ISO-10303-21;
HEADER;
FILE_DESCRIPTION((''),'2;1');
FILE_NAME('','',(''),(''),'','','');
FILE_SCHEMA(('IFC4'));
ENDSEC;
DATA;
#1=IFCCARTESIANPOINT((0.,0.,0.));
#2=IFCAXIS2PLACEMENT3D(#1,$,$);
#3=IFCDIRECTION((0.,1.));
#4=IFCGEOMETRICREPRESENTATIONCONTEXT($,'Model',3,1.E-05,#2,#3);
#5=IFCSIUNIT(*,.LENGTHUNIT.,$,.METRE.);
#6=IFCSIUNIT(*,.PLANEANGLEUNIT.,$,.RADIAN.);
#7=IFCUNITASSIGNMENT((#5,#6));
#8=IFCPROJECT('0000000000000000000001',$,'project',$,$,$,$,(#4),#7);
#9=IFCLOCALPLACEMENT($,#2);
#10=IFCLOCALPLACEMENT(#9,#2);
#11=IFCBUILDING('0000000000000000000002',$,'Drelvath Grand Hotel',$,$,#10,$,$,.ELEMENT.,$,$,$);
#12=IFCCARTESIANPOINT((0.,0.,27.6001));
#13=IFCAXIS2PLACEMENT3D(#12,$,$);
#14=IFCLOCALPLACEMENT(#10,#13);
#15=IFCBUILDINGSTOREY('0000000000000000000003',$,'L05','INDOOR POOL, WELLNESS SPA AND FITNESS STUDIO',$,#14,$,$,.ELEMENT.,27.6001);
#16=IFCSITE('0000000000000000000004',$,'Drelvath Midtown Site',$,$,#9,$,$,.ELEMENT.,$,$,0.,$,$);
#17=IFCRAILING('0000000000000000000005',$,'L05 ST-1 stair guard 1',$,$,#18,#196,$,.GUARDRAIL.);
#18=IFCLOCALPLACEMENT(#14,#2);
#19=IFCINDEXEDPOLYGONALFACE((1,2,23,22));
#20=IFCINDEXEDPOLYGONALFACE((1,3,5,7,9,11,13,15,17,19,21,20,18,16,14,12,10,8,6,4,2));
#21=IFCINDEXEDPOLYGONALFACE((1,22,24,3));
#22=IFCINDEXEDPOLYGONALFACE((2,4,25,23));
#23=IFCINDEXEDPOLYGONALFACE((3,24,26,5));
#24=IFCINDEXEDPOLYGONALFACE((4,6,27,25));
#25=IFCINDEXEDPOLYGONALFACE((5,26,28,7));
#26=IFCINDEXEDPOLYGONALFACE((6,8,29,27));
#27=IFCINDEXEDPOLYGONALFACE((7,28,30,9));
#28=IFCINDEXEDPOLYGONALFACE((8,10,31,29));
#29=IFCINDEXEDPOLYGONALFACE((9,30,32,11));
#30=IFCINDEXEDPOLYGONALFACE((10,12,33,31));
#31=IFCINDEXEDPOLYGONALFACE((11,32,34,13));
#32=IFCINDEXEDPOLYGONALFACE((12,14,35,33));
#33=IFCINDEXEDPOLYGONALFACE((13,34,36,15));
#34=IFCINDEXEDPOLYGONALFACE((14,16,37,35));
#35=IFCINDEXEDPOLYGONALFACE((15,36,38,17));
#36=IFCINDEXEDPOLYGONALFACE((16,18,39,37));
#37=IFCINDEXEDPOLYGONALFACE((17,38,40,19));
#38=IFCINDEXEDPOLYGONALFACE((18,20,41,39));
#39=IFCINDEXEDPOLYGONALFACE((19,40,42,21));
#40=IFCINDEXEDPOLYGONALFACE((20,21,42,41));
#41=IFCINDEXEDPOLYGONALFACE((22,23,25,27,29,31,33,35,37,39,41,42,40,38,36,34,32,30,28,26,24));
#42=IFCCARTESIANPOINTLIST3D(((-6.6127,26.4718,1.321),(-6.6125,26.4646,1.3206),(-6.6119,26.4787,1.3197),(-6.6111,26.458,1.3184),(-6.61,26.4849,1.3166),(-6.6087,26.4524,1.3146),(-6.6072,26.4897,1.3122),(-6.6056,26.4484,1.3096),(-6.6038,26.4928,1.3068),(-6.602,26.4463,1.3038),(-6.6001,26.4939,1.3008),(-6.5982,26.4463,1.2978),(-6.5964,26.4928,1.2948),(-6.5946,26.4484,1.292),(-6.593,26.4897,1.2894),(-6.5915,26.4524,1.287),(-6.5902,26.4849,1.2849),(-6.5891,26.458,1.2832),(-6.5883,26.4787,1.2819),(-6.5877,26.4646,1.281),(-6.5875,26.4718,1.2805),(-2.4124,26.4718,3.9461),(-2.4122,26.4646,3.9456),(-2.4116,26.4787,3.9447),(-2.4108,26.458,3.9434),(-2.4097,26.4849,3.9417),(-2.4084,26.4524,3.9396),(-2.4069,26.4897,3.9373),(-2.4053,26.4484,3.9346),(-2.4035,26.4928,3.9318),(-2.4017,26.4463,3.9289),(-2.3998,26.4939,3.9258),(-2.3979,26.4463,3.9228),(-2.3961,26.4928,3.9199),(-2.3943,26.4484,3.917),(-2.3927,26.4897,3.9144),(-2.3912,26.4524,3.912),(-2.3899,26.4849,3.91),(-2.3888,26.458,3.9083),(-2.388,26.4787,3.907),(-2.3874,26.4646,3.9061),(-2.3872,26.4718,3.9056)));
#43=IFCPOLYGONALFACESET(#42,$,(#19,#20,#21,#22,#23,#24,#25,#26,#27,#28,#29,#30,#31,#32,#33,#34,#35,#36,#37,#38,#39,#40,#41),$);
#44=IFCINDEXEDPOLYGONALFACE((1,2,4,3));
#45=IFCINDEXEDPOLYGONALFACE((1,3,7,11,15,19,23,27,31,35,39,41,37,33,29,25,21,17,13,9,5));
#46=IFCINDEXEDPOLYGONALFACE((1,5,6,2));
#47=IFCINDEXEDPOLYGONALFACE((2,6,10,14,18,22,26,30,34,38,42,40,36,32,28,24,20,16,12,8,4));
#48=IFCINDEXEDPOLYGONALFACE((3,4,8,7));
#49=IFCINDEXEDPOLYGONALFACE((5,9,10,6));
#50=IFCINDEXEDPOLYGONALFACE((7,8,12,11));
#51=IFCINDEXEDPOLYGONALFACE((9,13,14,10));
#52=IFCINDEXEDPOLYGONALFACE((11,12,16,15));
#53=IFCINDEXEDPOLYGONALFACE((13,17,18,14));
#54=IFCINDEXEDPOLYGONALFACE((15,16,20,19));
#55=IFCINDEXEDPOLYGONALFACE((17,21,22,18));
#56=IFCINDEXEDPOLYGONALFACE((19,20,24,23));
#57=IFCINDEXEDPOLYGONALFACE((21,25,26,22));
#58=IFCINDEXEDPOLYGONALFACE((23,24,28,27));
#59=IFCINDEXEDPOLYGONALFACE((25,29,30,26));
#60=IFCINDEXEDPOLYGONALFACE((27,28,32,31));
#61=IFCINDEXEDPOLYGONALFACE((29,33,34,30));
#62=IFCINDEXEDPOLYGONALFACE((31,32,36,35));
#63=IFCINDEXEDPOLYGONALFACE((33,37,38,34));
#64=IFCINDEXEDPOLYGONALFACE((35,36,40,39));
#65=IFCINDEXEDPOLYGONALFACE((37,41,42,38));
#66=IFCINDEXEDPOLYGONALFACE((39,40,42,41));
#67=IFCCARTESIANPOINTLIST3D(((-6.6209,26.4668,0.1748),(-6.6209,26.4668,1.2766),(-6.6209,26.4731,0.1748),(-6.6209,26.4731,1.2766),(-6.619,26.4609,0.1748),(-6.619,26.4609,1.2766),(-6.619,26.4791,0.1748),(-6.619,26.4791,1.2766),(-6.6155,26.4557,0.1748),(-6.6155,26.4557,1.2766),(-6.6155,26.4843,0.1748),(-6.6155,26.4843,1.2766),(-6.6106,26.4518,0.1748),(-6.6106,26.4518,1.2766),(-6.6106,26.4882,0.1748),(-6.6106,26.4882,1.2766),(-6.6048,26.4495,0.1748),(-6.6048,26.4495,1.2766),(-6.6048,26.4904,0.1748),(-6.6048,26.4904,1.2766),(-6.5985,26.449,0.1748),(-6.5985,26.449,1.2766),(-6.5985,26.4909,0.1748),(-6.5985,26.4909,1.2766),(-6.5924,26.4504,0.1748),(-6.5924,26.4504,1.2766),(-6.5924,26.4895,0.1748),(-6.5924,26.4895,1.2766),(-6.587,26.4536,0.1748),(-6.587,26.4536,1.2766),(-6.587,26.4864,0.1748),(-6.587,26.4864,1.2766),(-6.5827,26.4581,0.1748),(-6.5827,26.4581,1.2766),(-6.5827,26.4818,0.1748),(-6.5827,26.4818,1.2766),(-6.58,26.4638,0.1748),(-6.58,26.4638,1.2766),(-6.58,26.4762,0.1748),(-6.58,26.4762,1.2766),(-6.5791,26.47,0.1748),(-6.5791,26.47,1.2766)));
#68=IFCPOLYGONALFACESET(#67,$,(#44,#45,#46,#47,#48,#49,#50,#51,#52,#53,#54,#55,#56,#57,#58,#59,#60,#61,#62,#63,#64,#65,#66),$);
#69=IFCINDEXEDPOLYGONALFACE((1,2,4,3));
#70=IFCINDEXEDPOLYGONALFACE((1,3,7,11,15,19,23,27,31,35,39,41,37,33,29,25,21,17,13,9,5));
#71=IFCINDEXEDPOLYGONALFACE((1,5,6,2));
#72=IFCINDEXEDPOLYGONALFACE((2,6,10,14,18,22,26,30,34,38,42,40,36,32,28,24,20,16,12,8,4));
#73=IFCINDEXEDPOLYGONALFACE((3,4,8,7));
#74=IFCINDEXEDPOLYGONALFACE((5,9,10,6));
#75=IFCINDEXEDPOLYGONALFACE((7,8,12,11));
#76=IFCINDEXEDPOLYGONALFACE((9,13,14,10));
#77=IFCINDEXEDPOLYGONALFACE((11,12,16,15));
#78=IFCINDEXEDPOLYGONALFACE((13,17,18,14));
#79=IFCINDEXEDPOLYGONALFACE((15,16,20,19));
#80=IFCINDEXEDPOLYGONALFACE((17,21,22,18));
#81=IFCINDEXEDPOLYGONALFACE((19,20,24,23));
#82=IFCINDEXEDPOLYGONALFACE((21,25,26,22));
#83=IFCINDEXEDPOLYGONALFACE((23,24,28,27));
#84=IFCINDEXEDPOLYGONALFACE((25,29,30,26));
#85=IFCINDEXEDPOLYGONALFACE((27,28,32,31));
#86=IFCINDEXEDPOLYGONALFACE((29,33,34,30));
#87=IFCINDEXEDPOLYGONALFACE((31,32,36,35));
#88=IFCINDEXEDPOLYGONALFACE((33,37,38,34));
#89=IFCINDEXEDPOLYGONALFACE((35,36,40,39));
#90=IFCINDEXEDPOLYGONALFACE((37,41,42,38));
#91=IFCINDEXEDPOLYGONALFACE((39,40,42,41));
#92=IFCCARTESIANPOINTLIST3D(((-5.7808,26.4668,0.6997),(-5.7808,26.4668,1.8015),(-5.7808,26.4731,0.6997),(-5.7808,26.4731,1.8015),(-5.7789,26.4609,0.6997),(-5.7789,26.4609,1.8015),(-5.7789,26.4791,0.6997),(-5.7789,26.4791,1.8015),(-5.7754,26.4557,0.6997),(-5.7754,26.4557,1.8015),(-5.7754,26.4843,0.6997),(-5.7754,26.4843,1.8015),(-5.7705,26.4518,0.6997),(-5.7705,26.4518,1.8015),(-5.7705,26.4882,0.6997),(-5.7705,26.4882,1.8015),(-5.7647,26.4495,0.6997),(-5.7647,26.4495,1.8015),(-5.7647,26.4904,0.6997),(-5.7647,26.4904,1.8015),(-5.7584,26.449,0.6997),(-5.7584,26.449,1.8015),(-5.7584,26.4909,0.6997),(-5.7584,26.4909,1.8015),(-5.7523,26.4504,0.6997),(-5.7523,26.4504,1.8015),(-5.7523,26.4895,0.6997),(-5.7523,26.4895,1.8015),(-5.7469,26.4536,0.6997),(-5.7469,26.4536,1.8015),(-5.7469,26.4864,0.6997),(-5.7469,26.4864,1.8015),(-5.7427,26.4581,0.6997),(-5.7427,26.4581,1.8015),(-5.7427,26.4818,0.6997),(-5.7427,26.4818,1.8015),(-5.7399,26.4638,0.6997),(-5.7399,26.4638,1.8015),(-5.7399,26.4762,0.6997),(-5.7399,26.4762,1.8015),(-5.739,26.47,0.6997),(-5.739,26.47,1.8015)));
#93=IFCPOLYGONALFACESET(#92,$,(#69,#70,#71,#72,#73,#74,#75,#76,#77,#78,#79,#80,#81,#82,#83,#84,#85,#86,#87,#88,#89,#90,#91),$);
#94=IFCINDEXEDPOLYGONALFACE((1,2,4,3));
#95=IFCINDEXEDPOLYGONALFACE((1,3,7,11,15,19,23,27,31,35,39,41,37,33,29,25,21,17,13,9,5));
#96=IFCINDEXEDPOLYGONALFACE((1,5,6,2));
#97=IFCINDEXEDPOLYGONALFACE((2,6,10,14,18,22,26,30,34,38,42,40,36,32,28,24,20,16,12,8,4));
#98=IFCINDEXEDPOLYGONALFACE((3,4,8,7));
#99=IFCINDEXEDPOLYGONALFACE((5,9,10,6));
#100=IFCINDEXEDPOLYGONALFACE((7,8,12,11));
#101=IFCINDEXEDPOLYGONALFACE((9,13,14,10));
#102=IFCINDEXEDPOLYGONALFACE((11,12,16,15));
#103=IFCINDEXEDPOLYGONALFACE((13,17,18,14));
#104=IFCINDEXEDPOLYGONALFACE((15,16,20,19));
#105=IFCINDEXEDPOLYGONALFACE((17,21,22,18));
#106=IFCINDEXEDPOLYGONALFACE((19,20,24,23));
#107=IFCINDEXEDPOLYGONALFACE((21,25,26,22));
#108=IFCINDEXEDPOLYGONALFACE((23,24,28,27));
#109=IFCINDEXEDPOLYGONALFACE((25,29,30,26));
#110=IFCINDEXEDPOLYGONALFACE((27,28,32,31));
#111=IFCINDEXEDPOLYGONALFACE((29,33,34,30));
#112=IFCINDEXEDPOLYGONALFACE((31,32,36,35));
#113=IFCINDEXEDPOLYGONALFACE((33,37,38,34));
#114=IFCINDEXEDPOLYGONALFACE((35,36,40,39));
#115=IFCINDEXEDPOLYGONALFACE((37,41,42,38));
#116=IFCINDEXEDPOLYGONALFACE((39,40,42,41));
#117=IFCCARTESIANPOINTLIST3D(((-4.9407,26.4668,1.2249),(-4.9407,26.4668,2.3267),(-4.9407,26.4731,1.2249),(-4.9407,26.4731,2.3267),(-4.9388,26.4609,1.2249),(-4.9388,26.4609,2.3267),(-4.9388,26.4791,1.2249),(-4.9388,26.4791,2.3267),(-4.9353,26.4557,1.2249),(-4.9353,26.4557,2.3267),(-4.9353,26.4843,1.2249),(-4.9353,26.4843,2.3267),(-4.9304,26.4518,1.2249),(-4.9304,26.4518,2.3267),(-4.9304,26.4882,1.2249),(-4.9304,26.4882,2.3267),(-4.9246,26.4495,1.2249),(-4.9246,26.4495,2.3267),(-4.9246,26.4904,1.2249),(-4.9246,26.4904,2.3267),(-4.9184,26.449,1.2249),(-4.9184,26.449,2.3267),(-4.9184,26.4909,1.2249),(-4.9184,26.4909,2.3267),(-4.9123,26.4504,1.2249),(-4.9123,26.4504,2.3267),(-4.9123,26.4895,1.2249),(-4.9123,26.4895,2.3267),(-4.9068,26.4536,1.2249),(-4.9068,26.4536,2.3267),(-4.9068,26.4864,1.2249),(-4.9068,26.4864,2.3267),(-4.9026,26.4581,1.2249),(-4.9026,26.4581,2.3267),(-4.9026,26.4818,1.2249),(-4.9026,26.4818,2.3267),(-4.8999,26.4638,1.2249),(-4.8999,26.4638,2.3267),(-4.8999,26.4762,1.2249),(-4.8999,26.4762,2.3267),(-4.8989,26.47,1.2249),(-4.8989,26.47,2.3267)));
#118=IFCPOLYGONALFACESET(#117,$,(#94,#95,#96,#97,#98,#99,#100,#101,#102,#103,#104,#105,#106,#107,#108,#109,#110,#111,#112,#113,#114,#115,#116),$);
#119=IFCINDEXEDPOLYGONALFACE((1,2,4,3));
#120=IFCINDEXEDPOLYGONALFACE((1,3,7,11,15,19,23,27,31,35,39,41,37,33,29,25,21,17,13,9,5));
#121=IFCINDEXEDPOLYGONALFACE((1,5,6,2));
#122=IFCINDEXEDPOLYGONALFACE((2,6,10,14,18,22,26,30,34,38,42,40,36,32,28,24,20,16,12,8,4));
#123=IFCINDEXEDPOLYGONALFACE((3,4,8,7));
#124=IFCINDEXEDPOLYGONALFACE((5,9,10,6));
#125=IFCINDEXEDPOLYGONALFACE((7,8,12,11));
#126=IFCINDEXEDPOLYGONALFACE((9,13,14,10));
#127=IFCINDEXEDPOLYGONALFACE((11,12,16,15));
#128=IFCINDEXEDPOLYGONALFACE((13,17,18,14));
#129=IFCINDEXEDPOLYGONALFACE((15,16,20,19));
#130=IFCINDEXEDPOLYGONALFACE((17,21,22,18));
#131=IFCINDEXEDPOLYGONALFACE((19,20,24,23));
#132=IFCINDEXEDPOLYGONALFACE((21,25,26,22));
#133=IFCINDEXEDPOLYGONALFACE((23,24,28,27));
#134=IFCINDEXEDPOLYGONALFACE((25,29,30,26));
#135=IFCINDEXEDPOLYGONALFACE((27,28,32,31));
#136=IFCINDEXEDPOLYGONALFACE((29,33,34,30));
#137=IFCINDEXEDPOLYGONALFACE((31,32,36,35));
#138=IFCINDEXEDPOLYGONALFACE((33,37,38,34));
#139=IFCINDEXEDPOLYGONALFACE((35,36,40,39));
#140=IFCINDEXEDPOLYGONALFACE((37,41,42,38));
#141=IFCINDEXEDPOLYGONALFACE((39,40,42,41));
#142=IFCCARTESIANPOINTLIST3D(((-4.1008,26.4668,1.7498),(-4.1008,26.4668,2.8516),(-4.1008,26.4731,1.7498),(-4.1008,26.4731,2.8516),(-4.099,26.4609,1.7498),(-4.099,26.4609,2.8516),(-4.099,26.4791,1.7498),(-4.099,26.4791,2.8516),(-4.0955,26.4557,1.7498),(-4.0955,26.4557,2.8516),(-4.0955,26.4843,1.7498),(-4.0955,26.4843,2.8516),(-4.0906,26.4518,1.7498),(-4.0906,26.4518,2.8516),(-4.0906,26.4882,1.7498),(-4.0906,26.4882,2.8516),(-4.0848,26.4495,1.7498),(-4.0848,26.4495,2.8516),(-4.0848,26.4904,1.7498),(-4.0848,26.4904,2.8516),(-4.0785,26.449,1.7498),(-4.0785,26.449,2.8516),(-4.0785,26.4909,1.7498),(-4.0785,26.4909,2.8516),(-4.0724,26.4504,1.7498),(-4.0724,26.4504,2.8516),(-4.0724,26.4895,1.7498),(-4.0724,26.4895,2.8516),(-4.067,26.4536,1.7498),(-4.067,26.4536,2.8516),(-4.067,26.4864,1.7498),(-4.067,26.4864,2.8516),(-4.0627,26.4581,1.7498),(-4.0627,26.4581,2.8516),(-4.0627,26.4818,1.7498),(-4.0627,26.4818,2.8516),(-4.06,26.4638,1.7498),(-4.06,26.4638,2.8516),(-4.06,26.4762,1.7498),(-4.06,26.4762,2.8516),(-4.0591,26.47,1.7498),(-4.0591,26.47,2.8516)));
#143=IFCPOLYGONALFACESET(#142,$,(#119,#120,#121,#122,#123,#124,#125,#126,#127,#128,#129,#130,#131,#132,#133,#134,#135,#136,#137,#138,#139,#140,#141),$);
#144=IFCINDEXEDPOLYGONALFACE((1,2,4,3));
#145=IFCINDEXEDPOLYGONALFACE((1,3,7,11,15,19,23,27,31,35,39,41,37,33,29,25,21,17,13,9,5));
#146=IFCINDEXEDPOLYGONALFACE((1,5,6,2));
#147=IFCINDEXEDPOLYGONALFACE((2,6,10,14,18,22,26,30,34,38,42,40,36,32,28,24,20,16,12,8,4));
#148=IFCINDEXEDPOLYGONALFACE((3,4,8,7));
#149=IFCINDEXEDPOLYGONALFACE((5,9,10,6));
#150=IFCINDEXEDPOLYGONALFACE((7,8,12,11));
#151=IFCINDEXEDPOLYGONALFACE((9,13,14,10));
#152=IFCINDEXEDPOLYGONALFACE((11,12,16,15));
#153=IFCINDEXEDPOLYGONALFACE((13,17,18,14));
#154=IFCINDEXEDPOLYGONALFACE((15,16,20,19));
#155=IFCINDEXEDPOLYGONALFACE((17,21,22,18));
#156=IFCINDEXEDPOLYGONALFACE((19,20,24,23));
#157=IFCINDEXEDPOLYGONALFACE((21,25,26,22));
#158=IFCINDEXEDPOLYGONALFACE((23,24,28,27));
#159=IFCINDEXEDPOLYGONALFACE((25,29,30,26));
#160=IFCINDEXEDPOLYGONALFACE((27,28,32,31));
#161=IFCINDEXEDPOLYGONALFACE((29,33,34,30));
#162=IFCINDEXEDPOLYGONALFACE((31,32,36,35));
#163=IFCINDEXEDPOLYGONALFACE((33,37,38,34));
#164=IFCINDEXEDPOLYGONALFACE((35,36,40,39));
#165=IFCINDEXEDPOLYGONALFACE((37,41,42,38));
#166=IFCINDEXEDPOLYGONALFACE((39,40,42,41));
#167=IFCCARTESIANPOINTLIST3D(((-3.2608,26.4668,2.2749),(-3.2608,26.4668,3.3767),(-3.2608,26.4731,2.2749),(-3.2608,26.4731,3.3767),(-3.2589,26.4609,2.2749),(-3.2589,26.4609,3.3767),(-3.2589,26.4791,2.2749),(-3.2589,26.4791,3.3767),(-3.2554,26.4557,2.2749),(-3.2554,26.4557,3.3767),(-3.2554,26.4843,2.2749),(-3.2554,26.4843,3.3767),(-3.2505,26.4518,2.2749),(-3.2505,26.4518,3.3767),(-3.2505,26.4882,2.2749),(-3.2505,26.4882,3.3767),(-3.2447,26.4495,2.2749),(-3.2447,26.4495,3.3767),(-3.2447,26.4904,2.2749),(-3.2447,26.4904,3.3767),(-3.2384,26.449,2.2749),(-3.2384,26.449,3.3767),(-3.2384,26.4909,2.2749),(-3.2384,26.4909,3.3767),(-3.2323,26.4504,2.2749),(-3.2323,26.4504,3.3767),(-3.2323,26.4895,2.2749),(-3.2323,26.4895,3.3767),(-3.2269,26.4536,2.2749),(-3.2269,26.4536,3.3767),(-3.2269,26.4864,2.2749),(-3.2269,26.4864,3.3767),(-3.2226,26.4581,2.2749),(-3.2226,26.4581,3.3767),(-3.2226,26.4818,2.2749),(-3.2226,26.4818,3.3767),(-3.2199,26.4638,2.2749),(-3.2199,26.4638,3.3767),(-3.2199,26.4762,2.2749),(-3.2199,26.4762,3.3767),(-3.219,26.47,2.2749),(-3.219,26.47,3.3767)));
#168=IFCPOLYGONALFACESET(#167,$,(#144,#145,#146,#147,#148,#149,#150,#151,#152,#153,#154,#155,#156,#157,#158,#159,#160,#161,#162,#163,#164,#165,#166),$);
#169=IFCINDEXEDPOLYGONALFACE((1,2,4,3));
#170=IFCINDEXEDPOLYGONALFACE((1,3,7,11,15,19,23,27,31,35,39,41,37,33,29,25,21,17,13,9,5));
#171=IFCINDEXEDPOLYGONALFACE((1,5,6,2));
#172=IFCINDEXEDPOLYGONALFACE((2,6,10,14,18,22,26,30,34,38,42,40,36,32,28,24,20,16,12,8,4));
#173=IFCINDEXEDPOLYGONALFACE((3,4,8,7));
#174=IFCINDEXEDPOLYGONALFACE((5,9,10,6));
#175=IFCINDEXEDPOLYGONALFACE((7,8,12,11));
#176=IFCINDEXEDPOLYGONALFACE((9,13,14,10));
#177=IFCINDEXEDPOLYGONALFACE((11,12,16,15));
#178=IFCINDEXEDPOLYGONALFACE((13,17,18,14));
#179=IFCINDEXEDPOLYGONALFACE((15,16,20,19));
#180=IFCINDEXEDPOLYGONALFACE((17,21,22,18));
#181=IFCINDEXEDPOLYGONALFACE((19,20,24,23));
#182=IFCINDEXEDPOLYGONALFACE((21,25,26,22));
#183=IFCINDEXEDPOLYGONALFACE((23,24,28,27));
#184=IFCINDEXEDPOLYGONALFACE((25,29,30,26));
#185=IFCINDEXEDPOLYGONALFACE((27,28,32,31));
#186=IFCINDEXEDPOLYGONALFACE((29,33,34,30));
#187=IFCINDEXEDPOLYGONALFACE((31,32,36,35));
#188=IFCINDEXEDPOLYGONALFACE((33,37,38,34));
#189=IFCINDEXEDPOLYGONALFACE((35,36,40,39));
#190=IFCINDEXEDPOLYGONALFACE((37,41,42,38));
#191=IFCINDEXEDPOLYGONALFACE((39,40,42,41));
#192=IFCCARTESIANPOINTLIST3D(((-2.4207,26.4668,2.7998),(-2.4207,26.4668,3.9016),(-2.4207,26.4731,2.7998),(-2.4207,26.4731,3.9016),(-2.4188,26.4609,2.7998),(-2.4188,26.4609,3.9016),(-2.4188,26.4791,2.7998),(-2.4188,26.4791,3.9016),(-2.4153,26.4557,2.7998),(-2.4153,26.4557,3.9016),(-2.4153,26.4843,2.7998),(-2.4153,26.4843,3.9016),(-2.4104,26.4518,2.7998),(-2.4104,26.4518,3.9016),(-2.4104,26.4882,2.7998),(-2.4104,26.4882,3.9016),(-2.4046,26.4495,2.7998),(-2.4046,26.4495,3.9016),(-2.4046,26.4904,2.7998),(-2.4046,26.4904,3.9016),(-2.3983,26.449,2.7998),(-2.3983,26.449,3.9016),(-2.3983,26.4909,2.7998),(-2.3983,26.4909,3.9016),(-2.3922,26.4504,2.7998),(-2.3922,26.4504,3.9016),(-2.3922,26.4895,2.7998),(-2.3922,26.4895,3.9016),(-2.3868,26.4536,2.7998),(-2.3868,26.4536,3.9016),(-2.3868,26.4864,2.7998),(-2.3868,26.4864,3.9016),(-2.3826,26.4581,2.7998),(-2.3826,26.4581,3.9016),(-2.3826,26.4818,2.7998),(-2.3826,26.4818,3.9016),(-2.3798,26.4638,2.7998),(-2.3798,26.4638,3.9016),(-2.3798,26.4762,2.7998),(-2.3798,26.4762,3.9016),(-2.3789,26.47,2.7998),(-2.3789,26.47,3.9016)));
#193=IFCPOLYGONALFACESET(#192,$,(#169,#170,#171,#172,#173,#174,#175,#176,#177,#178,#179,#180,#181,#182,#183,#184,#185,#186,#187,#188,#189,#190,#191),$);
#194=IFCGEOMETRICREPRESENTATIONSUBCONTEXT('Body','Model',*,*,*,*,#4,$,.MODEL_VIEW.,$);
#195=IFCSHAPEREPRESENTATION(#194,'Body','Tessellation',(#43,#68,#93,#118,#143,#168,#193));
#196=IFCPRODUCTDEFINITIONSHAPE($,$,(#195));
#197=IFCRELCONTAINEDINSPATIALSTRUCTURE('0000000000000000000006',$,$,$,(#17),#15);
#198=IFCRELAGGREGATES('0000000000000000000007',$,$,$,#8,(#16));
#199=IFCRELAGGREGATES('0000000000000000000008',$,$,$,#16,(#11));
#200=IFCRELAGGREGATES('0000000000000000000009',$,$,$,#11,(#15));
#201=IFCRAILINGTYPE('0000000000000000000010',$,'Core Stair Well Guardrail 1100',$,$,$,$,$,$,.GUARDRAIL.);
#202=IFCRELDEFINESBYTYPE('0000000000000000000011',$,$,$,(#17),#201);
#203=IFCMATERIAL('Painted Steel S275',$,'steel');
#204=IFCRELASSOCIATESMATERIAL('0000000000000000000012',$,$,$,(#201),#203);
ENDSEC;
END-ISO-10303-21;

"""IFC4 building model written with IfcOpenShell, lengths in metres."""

from ifc_helpers import new_model, si_unit, direction, frame, origin, origin_2d, place, context, subcontext, project, spatial, circle, extrude, material, type_object, element, save


model = new_model("IFC4")

# Units and contexts
model_context = context("Model", 3, precision=1e-05, world=origin(), true_north=direction((0.0, 1.0)))
body_context = subcontext(model_context, "Body", "Model", "MODEL_VIEW")
ifc_project = project(units=[si_unit("LENGTHUNIT", "METRE"), si_unit("PLANEANGLEUNIT", "RADIAN")], contexts=[model_context])

# Site, building, storey
site_placement = place(None, origin())
site = spatial("IfcSite", under=ifc_project, at=site_placement, Name="Drelvath Midtown Site", CompositionType="ELEMENT", RefElevation=0.0)
building_placement = place(site_placement, origin())
building = spatial("IfcBuilding", under=site, at=building_placement, Name="Drelvath Grand Hotel", CompositionType="ELEMENT")
storey_placement = place(building_placement, frame((0.0, 0.0, 27.6001)))
storey = spatial("IfcBuildingStorey", under=building, at=storey_placement, Name="L05", Description="INDOOR POOL, WELLNESS SPA AND FITNESS STUDIO", CompositionType="ELEMENT", Elevation=27.6001)

# Shared definitions
ifc_material_1 = material(Name="Painted Steel S275", Category="steel")

# Railing
railing_type_1 = type_object("IfcRailingType", Name="Core Stair Well Guardrail 1100", PredefinedType="GUARDRAIL", material=ifc_material_1)
railing_1_placement = place(storey_placement, frame((-6.6001, 26.47, 0.1748)))
element("IfcRailing", 1, at=railing_1_placement, inside=storey, type_object=railing_type_1, Name="L05 ST-1 stair guard 1", PredefinedType="GUARDRAIL", context=body_context, shape_type="SweptSolid", body=[
    extrude(circle(Radius=0.0239, at=origin_2d()), frame((0.0, 0.0, 1.126), z_axis=(0.848009, 0.0, 0.529981), x_axis=(0.0, 1.0, 0.0)), (0.0, 0.0, 1.0), 4.9531),
    extrude(circle(Radius=0.021, at=origin_2d()), origin(), (0.0, 0.0, 1.0), 1.1018),
    extrude(circle(Radius=0.021, at=origin_2d()), frame((0.8401, 0.0, 0.5249)), (0.0, 0.0, 1.0), 1.1018),
    extrude(circle(Radius=0.021, at=origin_2d()), frame((1.6802, 0.0, 1.05)), (0.0, 0.0, 1.0), 1.1018),
    extrude(circle(Radius=0.021, at=origin_2d()), frame((2.52, 0.0, 1.575)), (0.0, 0.0, 1.0), 1.1018),
    extrude(circle(Radius=0.021, at=origin_2d()), frame((3.3601, 0.0, 2.1001)), (0.0, 0.0, 1.0), 1.1018),
    extrude(circle(Radius=0.021, at=origin_2d()), frame((4.2002, 0.0, 2.625)), (0.0, 0.0, 1.0), 1.1018),
])

save(model, "model.ifc")
